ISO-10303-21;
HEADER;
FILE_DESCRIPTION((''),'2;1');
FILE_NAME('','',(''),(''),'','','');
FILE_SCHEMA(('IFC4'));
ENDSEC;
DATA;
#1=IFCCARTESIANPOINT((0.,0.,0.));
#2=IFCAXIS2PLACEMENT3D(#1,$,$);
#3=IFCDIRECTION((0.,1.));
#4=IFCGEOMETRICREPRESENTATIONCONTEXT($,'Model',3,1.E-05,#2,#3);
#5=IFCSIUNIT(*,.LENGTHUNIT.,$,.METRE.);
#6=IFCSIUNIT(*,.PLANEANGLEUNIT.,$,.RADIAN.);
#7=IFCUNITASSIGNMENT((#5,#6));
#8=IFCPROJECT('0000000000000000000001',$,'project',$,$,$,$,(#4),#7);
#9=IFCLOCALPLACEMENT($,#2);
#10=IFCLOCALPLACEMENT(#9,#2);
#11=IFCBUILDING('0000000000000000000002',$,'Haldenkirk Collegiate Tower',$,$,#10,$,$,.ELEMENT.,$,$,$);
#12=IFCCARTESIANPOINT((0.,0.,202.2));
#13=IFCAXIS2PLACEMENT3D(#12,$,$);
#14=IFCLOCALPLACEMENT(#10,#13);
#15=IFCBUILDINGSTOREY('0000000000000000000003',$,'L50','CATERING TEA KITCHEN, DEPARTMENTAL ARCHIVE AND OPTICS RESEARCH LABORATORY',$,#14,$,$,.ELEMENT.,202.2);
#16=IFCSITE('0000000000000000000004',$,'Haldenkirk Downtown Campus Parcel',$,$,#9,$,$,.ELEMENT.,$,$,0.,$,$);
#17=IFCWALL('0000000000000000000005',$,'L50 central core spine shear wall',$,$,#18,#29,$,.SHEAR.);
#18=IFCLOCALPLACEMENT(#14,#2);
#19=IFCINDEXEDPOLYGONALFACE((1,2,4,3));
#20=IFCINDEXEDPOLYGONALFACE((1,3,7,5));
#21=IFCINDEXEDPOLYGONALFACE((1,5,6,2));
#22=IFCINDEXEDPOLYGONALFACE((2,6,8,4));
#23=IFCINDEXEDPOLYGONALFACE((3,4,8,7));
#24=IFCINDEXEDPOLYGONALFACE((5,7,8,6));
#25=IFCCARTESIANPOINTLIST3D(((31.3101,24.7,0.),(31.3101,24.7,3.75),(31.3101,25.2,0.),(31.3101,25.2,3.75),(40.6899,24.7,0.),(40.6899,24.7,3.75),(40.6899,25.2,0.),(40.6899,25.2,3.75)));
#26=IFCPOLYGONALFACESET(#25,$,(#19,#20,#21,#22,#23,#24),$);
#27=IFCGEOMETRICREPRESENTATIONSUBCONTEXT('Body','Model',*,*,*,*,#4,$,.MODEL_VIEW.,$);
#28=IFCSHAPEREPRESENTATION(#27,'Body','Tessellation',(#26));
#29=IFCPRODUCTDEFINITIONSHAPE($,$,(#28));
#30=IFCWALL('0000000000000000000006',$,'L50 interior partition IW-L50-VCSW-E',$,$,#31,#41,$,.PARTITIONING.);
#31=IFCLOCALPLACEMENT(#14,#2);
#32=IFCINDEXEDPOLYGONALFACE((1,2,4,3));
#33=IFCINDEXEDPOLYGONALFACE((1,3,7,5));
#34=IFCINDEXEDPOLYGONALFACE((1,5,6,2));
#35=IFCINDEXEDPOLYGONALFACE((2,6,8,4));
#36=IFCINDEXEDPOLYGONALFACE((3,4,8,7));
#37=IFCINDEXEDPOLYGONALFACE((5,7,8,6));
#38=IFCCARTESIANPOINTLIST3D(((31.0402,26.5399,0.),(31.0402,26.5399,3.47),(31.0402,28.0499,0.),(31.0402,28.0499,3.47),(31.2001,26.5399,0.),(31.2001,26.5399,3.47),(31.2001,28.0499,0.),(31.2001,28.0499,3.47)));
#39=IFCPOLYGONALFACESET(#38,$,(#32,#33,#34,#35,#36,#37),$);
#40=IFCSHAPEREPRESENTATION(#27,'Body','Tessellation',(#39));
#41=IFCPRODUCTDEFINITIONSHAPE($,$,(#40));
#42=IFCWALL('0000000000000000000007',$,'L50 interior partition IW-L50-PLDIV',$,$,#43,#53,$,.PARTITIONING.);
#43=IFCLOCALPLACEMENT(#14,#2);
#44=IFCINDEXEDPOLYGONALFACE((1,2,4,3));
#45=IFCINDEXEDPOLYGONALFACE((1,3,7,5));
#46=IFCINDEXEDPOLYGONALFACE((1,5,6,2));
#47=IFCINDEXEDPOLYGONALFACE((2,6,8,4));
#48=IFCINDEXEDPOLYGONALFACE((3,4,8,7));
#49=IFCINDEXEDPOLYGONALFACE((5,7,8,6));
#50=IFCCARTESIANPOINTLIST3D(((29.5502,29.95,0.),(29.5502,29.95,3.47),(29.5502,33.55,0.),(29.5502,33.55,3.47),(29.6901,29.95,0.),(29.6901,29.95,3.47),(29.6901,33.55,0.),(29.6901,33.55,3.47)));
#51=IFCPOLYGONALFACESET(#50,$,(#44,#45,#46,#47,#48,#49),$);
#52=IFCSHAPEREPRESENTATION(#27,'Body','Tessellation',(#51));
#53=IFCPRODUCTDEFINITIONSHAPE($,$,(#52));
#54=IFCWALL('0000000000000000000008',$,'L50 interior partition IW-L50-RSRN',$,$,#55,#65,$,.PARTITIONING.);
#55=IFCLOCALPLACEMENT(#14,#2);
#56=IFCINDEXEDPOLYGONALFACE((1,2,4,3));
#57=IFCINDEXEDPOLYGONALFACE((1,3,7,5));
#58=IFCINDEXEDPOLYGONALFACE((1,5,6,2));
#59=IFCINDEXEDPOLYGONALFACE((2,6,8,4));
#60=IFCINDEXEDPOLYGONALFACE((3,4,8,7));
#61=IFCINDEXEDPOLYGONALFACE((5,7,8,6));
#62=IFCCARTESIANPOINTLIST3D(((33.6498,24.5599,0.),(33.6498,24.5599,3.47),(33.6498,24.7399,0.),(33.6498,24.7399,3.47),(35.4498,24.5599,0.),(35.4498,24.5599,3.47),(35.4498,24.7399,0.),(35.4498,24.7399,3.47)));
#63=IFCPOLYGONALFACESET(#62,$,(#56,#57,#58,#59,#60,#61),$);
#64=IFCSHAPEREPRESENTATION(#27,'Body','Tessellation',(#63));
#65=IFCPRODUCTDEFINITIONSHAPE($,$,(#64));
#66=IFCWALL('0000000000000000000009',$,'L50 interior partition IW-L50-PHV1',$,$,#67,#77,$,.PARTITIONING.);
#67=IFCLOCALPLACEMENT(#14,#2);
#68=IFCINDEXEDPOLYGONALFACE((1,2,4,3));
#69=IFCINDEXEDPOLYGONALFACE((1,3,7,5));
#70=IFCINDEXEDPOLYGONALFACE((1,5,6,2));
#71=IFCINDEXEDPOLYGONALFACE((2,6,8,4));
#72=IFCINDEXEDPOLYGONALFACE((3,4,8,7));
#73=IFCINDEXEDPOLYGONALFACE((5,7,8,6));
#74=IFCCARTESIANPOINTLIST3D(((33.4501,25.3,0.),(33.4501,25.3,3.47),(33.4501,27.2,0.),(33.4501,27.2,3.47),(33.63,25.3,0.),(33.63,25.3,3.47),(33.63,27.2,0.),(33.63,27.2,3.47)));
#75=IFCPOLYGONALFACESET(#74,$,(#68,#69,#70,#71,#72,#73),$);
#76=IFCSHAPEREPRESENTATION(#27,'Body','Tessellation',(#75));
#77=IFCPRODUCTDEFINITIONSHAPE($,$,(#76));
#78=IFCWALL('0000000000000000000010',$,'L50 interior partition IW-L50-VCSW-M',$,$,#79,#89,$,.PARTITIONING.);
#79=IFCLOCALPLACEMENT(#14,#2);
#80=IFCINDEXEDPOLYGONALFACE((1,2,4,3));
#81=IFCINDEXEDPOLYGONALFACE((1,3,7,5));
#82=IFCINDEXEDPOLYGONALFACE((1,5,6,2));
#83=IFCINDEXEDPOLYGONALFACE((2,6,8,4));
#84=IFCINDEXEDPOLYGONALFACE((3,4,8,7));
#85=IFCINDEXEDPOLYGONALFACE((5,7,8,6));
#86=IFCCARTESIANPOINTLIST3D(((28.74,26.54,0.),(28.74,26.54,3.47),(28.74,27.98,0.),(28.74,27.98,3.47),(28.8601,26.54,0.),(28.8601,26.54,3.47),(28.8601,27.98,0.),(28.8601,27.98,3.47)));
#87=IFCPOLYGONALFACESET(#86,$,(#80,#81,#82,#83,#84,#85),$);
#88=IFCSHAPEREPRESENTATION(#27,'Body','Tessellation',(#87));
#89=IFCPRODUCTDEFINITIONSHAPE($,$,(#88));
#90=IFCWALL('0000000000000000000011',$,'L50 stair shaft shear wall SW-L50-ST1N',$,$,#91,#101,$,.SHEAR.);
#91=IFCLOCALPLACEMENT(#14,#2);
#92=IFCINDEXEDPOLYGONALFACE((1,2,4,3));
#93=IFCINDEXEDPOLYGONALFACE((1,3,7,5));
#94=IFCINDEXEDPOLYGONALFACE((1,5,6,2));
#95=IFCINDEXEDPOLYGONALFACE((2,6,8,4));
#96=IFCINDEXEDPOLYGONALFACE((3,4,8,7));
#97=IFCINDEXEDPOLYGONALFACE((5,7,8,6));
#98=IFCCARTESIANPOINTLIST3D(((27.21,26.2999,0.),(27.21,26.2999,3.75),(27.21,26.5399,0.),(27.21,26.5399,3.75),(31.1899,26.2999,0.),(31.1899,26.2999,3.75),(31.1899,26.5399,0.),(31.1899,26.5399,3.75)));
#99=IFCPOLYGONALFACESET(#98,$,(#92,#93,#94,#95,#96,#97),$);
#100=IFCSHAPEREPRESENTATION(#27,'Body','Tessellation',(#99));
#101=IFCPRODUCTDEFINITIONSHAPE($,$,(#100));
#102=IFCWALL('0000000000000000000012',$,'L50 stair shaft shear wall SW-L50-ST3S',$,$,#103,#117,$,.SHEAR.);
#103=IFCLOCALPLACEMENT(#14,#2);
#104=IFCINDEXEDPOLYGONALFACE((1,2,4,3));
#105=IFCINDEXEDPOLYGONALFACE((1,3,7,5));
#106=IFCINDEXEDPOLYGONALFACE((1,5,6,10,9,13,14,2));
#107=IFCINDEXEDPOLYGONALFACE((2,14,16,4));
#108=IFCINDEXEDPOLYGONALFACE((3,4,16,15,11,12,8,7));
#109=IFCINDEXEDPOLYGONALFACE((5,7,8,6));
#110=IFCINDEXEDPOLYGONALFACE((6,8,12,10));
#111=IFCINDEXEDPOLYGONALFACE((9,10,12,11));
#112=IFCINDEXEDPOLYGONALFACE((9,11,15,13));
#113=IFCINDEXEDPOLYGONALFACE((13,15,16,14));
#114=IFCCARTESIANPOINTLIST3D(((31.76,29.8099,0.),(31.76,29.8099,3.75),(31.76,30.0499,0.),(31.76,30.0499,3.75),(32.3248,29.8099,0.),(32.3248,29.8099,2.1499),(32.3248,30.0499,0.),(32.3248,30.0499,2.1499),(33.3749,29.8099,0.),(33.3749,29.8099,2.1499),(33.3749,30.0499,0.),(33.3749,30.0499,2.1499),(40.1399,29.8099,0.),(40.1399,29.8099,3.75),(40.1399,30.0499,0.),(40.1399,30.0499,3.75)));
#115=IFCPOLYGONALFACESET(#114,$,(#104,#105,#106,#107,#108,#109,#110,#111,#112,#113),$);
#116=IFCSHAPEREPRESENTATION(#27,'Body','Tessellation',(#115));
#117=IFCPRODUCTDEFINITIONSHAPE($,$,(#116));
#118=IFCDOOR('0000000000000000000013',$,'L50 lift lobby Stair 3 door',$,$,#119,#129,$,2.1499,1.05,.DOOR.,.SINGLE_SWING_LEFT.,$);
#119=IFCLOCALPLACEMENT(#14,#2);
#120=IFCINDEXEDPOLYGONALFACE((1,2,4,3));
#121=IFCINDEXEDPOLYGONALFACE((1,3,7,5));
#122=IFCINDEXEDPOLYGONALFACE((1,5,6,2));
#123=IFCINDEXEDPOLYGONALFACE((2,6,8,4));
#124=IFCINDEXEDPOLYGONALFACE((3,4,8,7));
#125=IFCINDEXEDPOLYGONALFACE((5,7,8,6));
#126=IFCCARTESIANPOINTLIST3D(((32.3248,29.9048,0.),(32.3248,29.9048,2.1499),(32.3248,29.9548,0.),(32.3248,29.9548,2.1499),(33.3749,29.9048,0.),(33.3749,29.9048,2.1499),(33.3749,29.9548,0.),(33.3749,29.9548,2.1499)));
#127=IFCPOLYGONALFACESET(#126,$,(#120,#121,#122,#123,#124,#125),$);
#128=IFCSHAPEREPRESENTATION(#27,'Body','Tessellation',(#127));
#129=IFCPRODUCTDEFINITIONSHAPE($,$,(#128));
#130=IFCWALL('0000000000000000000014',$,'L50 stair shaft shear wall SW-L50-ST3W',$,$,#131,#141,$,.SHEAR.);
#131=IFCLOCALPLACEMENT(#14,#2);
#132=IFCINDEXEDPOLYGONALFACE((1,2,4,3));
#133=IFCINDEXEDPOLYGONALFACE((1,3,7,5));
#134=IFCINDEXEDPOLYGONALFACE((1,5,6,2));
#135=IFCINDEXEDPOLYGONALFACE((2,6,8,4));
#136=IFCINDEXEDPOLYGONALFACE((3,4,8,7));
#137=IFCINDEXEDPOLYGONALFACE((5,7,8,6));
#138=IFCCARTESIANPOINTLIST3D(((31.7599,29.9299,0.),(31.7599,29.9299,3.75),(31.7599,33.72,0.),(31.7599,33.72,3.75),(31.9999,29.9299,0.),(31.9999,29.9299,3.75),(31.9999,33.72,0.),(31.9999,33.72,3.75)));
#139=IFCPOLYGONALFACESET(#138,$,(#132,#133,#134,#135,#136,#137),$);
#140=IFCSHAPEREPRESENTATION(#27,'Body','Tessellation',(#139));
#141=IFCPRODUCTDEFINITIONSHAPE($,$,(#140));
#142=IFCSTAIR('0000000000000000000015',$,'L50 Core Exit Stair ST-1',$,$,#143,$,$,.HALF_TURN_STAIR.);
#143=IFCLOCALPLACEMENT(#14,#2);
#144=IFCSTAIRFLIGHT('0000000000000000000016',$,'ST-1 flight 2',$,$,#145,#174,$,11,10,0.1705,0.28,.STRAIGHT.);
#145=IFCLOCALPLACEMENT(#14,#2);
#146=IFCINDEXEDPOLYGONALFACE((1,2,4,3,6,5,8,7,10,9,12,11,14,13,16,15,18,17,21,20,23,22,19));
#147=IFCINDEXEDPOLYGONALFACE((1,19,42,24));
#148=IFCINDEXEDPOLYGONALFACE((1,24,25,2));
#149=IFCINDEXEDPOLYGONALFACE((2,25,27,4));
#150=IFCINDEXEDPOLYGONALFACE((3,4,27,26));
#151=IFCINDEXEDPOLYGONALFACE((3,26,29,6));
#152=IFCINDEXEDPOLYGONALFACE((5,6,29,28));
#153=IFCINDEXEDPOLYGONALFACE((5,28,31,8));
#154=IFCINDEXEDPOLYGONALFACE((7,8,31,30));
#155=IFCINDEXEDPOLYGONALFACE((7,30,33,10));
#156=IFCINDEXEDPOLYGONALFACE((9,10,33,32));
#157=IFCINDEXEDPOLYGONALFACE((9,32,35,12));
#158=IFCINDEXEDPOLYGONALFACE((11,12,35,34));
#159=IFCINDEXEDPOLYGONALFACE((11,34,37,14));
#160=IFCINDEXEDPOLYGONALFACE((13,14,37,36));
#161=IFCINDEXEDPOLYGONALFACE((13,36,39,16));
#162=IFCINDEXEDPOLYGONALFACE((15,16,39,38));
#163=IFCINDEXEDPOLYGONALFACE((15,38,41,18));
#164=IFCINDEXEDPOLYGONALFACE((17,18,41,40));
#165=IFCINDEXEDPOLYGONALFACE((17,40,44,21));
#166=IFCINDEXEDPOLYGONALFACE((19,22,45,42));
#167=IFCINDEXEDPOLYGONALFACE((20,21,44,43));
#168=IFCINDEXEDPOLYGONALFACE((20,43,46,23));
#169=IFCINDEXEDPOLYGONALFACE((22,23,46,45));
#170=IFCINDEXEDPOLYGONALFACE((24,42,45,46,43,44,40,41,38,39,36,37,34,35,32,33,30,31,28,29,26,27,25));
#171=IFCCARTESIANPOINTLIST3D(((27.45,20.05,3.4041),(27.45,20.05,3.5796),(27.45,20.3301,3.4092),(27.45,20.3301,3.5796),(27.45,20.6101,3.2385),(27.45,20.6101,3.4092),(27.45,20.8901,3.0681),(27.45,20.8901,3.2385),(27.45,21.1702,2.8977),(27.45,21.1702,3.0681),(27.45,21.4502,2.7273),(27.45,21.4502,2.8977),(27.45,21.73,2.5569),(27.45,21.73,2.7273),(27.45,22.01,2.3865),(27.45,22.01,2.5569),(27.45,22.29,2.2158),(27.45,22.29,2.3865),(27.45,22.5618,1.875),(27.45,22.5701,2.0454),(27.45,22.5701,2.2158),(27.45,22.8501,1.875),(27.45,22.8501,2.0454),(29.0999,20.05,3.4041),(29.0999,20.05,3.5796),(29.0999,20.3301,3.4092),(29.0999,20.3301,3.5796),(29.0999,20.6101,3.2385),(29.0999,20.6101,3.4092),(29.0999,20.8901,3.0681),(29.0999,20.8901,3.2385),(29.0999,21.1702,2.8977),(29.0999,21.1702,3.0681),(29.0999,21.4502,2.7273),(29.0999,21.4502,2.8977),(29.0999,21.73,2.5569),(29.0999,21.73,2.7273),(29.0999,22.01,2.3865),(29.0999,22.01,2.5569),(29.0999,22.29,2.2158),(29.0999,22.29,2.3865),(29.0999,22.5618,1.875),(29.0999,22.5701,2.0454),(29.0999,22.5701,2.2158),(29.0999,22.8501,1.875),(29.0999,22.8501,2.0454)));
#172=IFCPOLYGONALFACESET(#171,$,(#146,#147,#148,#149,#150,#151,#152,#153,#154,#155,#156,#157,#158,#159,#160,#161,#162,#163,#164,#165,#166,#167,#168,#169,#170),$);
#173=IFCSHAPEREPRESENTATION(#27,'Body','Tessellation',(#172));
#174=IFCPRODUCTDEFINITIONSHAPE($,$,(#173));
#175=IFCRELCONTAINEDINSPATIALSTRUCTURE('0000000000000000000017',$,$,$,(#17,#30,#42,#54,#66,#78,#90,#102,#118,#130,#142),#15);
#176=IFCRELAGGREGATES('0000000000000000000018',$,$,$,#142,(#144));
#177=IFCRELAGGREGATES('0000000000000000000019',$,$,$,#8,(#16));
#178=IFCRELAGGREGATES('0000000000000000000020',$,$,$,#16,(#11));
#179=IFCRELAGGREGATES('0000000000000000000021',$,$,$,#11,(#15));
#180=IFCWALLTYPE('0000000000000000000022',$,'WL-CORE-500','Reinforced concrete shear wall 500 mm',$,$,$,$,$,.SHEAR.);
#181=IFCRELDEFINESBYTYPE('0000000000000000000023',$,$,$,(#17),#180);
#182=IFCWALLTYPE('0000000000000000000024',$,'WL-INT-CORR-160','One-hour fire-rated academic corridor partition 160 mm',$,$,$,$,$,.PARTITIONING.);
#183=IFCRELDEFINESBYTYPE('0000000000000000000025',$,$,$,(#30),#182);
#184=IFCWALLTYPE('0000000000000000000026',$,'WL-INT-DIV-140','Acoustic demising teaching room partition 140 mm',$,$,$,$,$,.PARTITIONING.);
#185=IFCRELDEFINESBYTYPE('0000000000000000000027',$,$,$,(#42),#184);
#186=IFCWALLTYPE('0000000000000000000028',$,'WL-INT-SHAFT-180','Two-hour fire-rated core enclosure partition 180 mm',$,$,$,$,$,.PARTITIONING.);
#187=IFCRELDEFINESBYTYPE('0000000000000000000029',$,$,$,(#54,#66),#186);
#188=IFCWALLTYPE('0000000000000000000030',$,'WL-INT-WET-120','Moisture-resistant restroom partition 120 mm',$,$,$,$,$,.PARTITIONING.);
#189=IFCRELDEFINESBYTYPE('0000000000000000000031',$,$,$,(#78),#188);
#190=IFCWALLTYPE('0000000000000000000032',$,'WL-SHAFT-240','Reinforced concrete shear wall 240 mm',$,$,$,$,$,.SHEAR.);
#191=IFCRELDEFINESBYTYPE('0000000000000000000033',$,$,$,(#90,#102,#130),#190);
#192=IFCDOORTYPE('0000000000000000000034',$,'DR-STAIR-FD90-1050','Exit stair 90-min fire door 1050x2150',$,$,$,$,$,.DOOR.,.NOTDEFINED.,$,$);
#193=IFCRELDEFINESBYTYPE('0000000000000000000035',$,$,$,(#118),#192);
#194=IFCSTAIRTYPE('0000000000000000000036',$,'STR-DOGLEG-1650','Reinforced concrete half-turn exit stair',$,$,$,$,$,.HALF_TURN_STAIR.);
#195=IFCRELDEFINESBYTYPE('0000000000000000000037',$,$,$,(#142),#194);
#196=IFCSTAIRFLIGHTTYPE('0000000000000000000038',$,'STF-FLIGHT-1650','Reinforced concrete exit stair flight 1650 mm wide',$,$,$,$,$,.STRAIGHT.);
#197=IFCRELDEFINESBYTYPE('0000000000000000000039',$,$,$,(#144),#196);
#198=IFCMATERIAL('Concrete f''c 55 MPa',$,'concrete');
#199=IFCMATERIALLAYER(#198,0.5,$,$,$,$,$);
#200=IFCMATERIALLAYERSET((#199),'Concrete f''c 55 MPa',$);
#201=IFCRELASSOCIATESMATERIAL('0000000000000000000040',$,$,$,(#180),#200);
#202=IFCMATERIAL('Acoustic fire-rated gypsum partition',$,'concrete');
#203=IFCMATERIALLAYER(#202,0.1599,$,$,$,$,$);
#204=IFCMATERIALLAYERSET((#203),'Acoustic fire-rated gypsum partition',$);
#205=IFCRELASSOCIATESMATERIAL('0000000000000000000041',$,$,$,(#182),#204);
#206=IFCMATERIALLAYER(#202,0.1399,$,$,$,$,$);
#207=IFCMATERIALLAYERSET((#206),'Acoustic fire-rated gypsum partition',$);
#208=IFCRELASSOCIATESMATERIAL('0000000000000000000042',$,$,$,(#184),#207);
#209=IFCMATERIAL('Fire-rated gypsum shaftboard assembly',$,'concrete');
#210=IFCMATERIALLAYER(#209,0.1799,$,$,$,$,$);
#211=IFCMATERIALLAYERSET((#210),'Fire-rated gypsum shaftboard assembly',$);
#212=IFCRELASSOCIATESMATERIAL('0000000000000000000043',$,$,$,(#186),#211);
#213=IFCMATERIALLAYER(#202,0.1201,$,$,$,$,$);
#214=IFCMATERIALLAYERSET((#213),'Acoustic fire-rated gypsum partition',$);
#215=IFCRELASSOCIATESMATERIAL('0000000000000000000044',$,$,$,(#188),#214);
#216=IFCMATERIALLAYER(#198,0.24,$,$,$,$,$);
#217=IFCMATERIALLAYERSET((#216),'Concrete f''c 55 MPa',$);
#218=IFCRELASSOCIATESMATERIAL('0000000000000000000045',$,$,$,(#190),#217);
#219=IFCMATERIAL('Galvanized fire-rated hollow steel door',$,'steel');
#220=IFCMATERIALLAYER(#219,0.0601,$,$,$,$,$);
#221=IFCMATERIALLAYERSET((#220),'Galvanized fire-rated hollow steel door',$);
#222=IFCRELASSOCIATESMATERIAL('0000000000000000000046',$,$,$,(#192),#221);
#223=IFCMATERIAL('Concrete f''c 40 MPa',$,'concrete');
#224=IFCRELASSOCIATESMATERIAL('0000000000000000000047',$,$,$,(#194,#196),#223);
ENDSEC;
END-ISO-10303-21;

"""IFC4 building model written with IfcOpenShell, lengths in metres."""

from ifc_helpers import new_model, si_unit, direction, frame, frame_2d, origin, place, context, subcontext, project, spatial, polyline, rectangle, outline, extrude, material, layer, layer_set, type_object, element, fill, aggregate, save


model = new_model("IFC4")

# Units and contexts
model_context = context("Model", 3, precision=1e-05, world=origin(), true_north=direction((0.0, 1.0)))
body_context = subcontext(model_context, "Body", "Model", "MODEL_VIEW")
ifc_project = project(units=[si_unit("LENGTHUNIT", "METRE"), si_unit("PLANEANGLEUNIT", "RADIAN")], contexts=[model_context])

# Site, building, storey
site_placement = place(None, origin())
site = spatial("IfcSite", under=ifc_project, at=site_placement, Name="Haldenkirk Downtown Campus Parcel", CompositionType="ELEMENT", RefElevation=0.0)
building_placement = place(site_placement, origin())
building = spatial("IfcBuilding", under=site, at=building_placement, Name="Haldenkirk Collegiate Tower", CompositionType="ELEMENT")
storey_placement = place(building_placement, frame((0.0, 0.0, 202.2)))
storey = spatial("IfcBuildingStorey", under=building, at=storey_placement, Name="L50", Description="CATERING TEA KITCHEN, DEPARTMENTAL ARCHIVE AND OPTICS RESEARCH LABORATORY", CompositionType="ELEMENT", Elevation=202.2)

# Walls
ifc_material_1 = material(Name="Concrete f'c 55 MPa", Category="concrete")
ifc_layer_1 = layer(ifc_material_1, 0.5)
ifc_layer_set_1 = layer_set([ifc_layer_1], Name="Concrete f'c 55 MPa")
wall_type_1 = type_object("IfcWallType", Name="WL-CORE-500", Description="Reinforced concrete shear wall 500 mm", PredefinedType="SHEAR", material=ifc_layer_set_1)
wall_1_placement = place(storey_placement, frame((31.3101, 24.95, 0.0), z_axis=(0.0, 0.0, 1.0), x_axis=(1.0, 0.0, 0.0)))
element("IfcWall", 1, at=wall_1_placement, inside=storey, type_object=wall_type_1, Name="L50 central core spine shear wall", PredefinedType="SHEAR", context=body_context, shape_type="SweptSolid", body=[
    extrude(rectangle(XDim=9.3799, YDim=0.5, at=frame_2d((4.6899, 0.0))), origin(), (0.0, 0.0, 1.0), 3.75),
])
ifc_material_2 = material(Name="Acoustic fire-rated gypsum partition", Category="concrete")
ifc_layer_2 = layer(ifc_material_2, 0.1599)
ifc_layer_set_2 = layer_set([ifc_layer_2], Name="Acoustic fire-rated gypsum partition")
wall_type_2 = type_object("IfcWallType", Name="WL-INT-CORR-160", Description="One-hour fire-rated academic corridor partition 160 mm", PredefinedType="PARTITIONING", material=ifc_layer_set_2)
wall_2_placement = place(storey_placement, frame((31.1201, 26.54, 0.0), z_axis=(0.0, 0.0, 1.0), x_axis=(0.0, 1.0, 0.0)))
element("IfcWall", 2, at=wall_2_placement, inside=storey, type_object=wall_type_2, Name="L50 interior partition IW-L50-VCSW-E", PredefinedType="PARTITIONING", context=body_context, shape_type="SweptSolid", body=[
    extrude(rectangle(XDim=1.51, YDim=0.1599, at=frame_2d((0.7549, 0.0))), origin(), (0.0, 0.0, 1.0), 3.47),
])

# Walls
ifc_layer_3 = layer(ifc_material_2, 0.1399)
ifc_layer_set_3 = layer_set([ifc_layer_3], Name="Acoustic fire-rated gypsum partition")
wall_type_3 = type_object("IfcWallType", Name="WL-INT-DIV-140", Description="Acoustic demising teaching room partition 140 mm", PredefinedType="PARTITIONING", material=ifc_layer_set_3)
wall_3_placement = place(storey_placement, frame((29.6201, 29.95, 0.0), z_axis=(0.0, 0.0, 1.0), x_axis=(0.0, 1.0, 0.0)))
element("IfcWall", 3, at=wall_3_placement, inside=storey, type_object=wall_type_3, Name="L50 interior partition IW-L50-PLDIV", PredefinedType="PARTITIONING", context=body_context, shape_type="SweptSolid", body=[
    extrude(rectangle(XDim=3.6001, YDim=0.1399, at=frame_2d((1.8, 0.0))), origin(), (0.0, 0.0, 1.0), 3.47),
])
ifc_material_3 = material(Name="Fire-rated gypsum shaftboard assembly", Category="concrete")
ifc_layer_4 = layer(ifc_material_3, 0.1799)
ifc_layer_set_4 = layer_set([ifc_layer_4], Name="Fire-rated gypsum shaftboard assembly")
wall_type_4 = type_object("IfcWallType", Name="WL-INT-SHAFT-180", Description="Two-hour fire-rated core enclosure partition 180 mm", PredefinedType="PARTITIONING", material=ifc_layer_set_4)
wall_4_placement = place(storey_placement, frame((33.6499, 24.6499, 0.0), z_axis=(0.0, 0.0, 1.0), x_axis=(1.0, 0.0, 0.0)))
element("IfcWall", 4, at=wall_4_placement, inside=storey, type_object=wall_type_4, Name="L50 interior partition IW-L50-RSRN", PredefinedType="PARTITIONING", context=body_context, shape_type="SweptSolid", body=[
    extrude(rectangle(XDim=1.8, YDim=0.1799, at=frame_2d((0.8999, 0.0))), origin(), (0.0, 0.0, 1.0), 3.47),
])

# Walls
wall_5_placement = place(storey_placement, frame((33.54, 25.3, 0.0), z_axis=(0.0, 0.0, 1.0), x_axis=(0.0, 1.0, 0.0)))
element("IfcWall", 5, at=wall_5_placement, inside=storey, type_object=wall_type_4, Name="L50 interior partition IW-L50-PHV1", PredefinedType="PARTITIONING", context=body_context, shape_type="SweptSolid", body=[
    extrude(rectangle(XDim=1.8999, YDim=0.1799, at=frame_2d((0.95, 0.0))), origin(), (0.0, 0.0, 1.0), 3.47),
])
ifc_layer_5 = layer(ifc_material_2, 0.1201)
ifc_layer_set_5 = layer_set([ifc_layer_5], Name="Acoustic fire-rated gypsum partition")
wall_type_5 = type_object("IfcWallType", Name="WL-INT-WET-120", Description="Moisture-resistant restroom partition 120 mm", PredefinedType="PARTITIONING", material=ifc_layer_set_5)
wall_6_placement = place(storey_placement, frame((28.8, 26.54, 0.0), z_axis=(0.0, 0.0, 1.0), x_axis=(0.0, 1.0, 0.0)))
element("IfcWall", 6, at=wall_6_placement, inside=storey, type_object=wall_type_5, Name="L50 interior partition IW-L50-VCSW-M", PredefinedType="PARTITIONING", context=body_context, shape_type="SweptSolid", body=[
    extrude(rectangle(XDim=1.4399, YDim=0.1201, at=frame_2d((0.72, 0.0))), origin(), (0.0, 0.0, 1.0), 3.47),
])
ifc_layer_6 = layer(ifc_material_1, 0.24)
ifc_layer_set_6 = layer_set([ifc_layer_6], Name="Concrete f'c 55 MPa")
wall_type_6 = type_object("IfcWallType", Name="WL-SHAFT-240", Description="Reinforced concrete shear wall 240 mm", PredefinedType="SHEAR", material=ifc_layer_set_6)
wall_7_placement = place(storey_placement, frame((27.21, 26.4199, 0.0), z_axis=(0.0, 0.0, 1.0), x_axis=(1.0, 0.0, 0.0)))
element("IfcWall", 7, at=wall_7_placement, inside=storey, type_object=wall_type_6, Name="L50 stair shaft shear wall SW-L50-ST1N", PredefinedType="SHEAR", context=body_context, shape_type="SweptSolid", body=[
    extrude(rectangle(XDim=3.98, YDim=0.24, at=frame_2d((1.99, 0.0))), origin(), (0.0, 0.0, 1.0), 3.75),
])

# Wall, opening, door
wall_8_placement = place(storey_placement, frame((31.76, 29.9299, 0.0), z_axis=(0.0, 0.0, 1.0), x_axis=(1.0, 0.0, 0.0)))
wall_8 = element("IfcWall", 8, at=wall_8_placement, inside=storey, type_object=wall_type_6, Name="L50 stair shaft shear wall SW-L50-ST3S", PredefinedType="SHEAR", context=body_context, shape_type="SweptSolid", body=[
    extrude(rectangle(XDim=8.3799, YDim=0.24, at=frame_2d((4.1899, 0.0))), origin(), (0.0, 0.0, 1.0), 3.75),
])
opening_1_placement = place(wall_8_placement, frame((0.5649, 0.0, 0.0)))
opening_1 = element("IfcOpeningElement", 9, at=opening_1_placement, cuts=wall_8, PredefinedType="OPENING", context=body_context, shape_type="SweptSolid", body=[
    extrude(rectangle(XDim=1.05, YDim=2.1499, at=frame_2d((0.5249, 1.075))), frame((0.0, 0.1299, 0.0), z_axis=(0.0, -1.0, 0.0), x_axis=(1.0, 0.0, 0.0)), (0.0, 0.0, 1.0), 0.26),
])
ifc_material_4 = material(Name="Galvanized fire-rated hollow steel door", Category="steel")
ifc_layer_7 = layer(ifc_material_4, 0.0601)
ifc_layer_set_7 = layer_set([ifc_layer_7], Name="Galvanized fire-rated hollow steel door")
door_type_1 = type_object("IfcDoorType", Name="DR-STAIR-FD90-1050", Description="Exit stair 90-min fire door 1050x2150", OperationType="NOTDEFINED", PredefinedType="DOOR", material=ifc_layer_set_7)
door_1_placement = place(opening_1_placement, origin())
door_1 = element("IfcDoor", 10, at=door_1_placement, inside=storey, type_object=door_type_1, Name="L50 lift lobby Stair 3 door", OperationType="SINGLE_SWING_LEFT", OverallHeight=2.1499, OverallWidth=1.05, PredefinedType="DOOR", context=body_context, shape_type="SweptSolid", body=[
    extrude(rectangle(XDim=1.05, YDim=2.1499, at=frame_2d((0.5249, 1.075))), frame((0.0, 0.0249, 0.0), z_axis=(0.0, -1.0, 0.0), x_axis=(1.0, 0.0, 0.0)), (0.0, 0.0, 1.0), 0.05),
])
fill(opening_1, door_1)

# Wall
wall_9_placement = place(storey_placement, frame((31.8799, 29.9299, 0.0), z_axis=(0.0, 0.0, 1.0), x_axis=(0.0, 1.0, 0.0)))
element("IfcWall", 11, at=wall_9_placement, inside=storey, type_object=wall_type_6, Name="L50 stair shaft shear wall SW-L50-ST3W", PredefinedType="SHEAR", context=body_context, shape_type="SweptSolid", body=[
    extrude(rectangle(XDim=3.79, YDim=0.24, at=frame_2d((1.895, 0.0))), origin(), (0.0, 0.0, 1.0), 3.75),
])

# Stair, stair flight
ifc_material_5 = material(Name="Concrete f'c 40 MPa", Category="concrete")
stair_type = type_object("IfcStairType", Name="STR-DOGLEG-1650", Description="Reinforced concrete half-turn exit stair", PredefinedType="HALF_TURN_STAIR", material=ifc_material_5)
stair_1_placement = place(storey_placement, origin())
stair_1 = element("IfcStair", 12, at=stair_1_placement, inside=storey, type_object=stair_type, Name="L50 Core Exit Stair ST-1", PredefinedType="HALF_TURN_STAIR")
stair_flight_type = type_object("IfcStairFlightType", Name="STF-FLIGHT-1650", Description="Reinforced concrete exit stair flight 1650 mm wide", PredefinedType="STRAIGHT", material=ifc_material_5)
stair_flight_1_placement = place(storey_placement, frame((28.2749, 22.8501, 1.875), z_axis=(0.0, 0.0, 1.0), x_axis=(0.0, -1.0, 0.0)))
stair_flight_1 = element("IfcStairFlight", 13, at=stair_flight_1_placement, type_object=stair_flight_type, Name="ST-1 flight 2", NumberOfRisers=11, NumberOfTreads=10, PredefinedType="STRAIGHT", RiserHeight=0.1705, TreadLength=0.28, context=body_context, shape_type="SweptSolid", body=[
    extrude(outline(polyline([(0.0, 0.0), (0.0, 0.1704), (0.28, 0.1704), (0.28, 0.3408), (0.5601, 0.3408), (0.5601, 0.5115), (0.8401, 0.5115), (0.8401, 0.6819), (1.1201, 0.6819), (1.1201, 0.8523), (1.3999, 0.8523), (1.3999, 1.0227), (1.6799, 1.0227), (1.6799, 1.1931), (1.96, 1.1931), (1.96, 1.3635), (2.24, 1.3635), (2.24, 1.5342), (2.52, 1.5342), (2.52, 1.7046), (2.8, 1.7046), (2.8, 1.875), (2.8, 1.5291), (0.2883, 0.0), (0.0, 0.0)])), frame((0.0, 0.825, 0.0), z_axis=(0.0, -1.0, 0.0), x_axis=(1.0, 0.0, 0.0)), (0.0, 0.0, 1.0), 1.6499),
])
aggregate(stair_1, [stair_flight_1])

save(model, "model.ifc")
